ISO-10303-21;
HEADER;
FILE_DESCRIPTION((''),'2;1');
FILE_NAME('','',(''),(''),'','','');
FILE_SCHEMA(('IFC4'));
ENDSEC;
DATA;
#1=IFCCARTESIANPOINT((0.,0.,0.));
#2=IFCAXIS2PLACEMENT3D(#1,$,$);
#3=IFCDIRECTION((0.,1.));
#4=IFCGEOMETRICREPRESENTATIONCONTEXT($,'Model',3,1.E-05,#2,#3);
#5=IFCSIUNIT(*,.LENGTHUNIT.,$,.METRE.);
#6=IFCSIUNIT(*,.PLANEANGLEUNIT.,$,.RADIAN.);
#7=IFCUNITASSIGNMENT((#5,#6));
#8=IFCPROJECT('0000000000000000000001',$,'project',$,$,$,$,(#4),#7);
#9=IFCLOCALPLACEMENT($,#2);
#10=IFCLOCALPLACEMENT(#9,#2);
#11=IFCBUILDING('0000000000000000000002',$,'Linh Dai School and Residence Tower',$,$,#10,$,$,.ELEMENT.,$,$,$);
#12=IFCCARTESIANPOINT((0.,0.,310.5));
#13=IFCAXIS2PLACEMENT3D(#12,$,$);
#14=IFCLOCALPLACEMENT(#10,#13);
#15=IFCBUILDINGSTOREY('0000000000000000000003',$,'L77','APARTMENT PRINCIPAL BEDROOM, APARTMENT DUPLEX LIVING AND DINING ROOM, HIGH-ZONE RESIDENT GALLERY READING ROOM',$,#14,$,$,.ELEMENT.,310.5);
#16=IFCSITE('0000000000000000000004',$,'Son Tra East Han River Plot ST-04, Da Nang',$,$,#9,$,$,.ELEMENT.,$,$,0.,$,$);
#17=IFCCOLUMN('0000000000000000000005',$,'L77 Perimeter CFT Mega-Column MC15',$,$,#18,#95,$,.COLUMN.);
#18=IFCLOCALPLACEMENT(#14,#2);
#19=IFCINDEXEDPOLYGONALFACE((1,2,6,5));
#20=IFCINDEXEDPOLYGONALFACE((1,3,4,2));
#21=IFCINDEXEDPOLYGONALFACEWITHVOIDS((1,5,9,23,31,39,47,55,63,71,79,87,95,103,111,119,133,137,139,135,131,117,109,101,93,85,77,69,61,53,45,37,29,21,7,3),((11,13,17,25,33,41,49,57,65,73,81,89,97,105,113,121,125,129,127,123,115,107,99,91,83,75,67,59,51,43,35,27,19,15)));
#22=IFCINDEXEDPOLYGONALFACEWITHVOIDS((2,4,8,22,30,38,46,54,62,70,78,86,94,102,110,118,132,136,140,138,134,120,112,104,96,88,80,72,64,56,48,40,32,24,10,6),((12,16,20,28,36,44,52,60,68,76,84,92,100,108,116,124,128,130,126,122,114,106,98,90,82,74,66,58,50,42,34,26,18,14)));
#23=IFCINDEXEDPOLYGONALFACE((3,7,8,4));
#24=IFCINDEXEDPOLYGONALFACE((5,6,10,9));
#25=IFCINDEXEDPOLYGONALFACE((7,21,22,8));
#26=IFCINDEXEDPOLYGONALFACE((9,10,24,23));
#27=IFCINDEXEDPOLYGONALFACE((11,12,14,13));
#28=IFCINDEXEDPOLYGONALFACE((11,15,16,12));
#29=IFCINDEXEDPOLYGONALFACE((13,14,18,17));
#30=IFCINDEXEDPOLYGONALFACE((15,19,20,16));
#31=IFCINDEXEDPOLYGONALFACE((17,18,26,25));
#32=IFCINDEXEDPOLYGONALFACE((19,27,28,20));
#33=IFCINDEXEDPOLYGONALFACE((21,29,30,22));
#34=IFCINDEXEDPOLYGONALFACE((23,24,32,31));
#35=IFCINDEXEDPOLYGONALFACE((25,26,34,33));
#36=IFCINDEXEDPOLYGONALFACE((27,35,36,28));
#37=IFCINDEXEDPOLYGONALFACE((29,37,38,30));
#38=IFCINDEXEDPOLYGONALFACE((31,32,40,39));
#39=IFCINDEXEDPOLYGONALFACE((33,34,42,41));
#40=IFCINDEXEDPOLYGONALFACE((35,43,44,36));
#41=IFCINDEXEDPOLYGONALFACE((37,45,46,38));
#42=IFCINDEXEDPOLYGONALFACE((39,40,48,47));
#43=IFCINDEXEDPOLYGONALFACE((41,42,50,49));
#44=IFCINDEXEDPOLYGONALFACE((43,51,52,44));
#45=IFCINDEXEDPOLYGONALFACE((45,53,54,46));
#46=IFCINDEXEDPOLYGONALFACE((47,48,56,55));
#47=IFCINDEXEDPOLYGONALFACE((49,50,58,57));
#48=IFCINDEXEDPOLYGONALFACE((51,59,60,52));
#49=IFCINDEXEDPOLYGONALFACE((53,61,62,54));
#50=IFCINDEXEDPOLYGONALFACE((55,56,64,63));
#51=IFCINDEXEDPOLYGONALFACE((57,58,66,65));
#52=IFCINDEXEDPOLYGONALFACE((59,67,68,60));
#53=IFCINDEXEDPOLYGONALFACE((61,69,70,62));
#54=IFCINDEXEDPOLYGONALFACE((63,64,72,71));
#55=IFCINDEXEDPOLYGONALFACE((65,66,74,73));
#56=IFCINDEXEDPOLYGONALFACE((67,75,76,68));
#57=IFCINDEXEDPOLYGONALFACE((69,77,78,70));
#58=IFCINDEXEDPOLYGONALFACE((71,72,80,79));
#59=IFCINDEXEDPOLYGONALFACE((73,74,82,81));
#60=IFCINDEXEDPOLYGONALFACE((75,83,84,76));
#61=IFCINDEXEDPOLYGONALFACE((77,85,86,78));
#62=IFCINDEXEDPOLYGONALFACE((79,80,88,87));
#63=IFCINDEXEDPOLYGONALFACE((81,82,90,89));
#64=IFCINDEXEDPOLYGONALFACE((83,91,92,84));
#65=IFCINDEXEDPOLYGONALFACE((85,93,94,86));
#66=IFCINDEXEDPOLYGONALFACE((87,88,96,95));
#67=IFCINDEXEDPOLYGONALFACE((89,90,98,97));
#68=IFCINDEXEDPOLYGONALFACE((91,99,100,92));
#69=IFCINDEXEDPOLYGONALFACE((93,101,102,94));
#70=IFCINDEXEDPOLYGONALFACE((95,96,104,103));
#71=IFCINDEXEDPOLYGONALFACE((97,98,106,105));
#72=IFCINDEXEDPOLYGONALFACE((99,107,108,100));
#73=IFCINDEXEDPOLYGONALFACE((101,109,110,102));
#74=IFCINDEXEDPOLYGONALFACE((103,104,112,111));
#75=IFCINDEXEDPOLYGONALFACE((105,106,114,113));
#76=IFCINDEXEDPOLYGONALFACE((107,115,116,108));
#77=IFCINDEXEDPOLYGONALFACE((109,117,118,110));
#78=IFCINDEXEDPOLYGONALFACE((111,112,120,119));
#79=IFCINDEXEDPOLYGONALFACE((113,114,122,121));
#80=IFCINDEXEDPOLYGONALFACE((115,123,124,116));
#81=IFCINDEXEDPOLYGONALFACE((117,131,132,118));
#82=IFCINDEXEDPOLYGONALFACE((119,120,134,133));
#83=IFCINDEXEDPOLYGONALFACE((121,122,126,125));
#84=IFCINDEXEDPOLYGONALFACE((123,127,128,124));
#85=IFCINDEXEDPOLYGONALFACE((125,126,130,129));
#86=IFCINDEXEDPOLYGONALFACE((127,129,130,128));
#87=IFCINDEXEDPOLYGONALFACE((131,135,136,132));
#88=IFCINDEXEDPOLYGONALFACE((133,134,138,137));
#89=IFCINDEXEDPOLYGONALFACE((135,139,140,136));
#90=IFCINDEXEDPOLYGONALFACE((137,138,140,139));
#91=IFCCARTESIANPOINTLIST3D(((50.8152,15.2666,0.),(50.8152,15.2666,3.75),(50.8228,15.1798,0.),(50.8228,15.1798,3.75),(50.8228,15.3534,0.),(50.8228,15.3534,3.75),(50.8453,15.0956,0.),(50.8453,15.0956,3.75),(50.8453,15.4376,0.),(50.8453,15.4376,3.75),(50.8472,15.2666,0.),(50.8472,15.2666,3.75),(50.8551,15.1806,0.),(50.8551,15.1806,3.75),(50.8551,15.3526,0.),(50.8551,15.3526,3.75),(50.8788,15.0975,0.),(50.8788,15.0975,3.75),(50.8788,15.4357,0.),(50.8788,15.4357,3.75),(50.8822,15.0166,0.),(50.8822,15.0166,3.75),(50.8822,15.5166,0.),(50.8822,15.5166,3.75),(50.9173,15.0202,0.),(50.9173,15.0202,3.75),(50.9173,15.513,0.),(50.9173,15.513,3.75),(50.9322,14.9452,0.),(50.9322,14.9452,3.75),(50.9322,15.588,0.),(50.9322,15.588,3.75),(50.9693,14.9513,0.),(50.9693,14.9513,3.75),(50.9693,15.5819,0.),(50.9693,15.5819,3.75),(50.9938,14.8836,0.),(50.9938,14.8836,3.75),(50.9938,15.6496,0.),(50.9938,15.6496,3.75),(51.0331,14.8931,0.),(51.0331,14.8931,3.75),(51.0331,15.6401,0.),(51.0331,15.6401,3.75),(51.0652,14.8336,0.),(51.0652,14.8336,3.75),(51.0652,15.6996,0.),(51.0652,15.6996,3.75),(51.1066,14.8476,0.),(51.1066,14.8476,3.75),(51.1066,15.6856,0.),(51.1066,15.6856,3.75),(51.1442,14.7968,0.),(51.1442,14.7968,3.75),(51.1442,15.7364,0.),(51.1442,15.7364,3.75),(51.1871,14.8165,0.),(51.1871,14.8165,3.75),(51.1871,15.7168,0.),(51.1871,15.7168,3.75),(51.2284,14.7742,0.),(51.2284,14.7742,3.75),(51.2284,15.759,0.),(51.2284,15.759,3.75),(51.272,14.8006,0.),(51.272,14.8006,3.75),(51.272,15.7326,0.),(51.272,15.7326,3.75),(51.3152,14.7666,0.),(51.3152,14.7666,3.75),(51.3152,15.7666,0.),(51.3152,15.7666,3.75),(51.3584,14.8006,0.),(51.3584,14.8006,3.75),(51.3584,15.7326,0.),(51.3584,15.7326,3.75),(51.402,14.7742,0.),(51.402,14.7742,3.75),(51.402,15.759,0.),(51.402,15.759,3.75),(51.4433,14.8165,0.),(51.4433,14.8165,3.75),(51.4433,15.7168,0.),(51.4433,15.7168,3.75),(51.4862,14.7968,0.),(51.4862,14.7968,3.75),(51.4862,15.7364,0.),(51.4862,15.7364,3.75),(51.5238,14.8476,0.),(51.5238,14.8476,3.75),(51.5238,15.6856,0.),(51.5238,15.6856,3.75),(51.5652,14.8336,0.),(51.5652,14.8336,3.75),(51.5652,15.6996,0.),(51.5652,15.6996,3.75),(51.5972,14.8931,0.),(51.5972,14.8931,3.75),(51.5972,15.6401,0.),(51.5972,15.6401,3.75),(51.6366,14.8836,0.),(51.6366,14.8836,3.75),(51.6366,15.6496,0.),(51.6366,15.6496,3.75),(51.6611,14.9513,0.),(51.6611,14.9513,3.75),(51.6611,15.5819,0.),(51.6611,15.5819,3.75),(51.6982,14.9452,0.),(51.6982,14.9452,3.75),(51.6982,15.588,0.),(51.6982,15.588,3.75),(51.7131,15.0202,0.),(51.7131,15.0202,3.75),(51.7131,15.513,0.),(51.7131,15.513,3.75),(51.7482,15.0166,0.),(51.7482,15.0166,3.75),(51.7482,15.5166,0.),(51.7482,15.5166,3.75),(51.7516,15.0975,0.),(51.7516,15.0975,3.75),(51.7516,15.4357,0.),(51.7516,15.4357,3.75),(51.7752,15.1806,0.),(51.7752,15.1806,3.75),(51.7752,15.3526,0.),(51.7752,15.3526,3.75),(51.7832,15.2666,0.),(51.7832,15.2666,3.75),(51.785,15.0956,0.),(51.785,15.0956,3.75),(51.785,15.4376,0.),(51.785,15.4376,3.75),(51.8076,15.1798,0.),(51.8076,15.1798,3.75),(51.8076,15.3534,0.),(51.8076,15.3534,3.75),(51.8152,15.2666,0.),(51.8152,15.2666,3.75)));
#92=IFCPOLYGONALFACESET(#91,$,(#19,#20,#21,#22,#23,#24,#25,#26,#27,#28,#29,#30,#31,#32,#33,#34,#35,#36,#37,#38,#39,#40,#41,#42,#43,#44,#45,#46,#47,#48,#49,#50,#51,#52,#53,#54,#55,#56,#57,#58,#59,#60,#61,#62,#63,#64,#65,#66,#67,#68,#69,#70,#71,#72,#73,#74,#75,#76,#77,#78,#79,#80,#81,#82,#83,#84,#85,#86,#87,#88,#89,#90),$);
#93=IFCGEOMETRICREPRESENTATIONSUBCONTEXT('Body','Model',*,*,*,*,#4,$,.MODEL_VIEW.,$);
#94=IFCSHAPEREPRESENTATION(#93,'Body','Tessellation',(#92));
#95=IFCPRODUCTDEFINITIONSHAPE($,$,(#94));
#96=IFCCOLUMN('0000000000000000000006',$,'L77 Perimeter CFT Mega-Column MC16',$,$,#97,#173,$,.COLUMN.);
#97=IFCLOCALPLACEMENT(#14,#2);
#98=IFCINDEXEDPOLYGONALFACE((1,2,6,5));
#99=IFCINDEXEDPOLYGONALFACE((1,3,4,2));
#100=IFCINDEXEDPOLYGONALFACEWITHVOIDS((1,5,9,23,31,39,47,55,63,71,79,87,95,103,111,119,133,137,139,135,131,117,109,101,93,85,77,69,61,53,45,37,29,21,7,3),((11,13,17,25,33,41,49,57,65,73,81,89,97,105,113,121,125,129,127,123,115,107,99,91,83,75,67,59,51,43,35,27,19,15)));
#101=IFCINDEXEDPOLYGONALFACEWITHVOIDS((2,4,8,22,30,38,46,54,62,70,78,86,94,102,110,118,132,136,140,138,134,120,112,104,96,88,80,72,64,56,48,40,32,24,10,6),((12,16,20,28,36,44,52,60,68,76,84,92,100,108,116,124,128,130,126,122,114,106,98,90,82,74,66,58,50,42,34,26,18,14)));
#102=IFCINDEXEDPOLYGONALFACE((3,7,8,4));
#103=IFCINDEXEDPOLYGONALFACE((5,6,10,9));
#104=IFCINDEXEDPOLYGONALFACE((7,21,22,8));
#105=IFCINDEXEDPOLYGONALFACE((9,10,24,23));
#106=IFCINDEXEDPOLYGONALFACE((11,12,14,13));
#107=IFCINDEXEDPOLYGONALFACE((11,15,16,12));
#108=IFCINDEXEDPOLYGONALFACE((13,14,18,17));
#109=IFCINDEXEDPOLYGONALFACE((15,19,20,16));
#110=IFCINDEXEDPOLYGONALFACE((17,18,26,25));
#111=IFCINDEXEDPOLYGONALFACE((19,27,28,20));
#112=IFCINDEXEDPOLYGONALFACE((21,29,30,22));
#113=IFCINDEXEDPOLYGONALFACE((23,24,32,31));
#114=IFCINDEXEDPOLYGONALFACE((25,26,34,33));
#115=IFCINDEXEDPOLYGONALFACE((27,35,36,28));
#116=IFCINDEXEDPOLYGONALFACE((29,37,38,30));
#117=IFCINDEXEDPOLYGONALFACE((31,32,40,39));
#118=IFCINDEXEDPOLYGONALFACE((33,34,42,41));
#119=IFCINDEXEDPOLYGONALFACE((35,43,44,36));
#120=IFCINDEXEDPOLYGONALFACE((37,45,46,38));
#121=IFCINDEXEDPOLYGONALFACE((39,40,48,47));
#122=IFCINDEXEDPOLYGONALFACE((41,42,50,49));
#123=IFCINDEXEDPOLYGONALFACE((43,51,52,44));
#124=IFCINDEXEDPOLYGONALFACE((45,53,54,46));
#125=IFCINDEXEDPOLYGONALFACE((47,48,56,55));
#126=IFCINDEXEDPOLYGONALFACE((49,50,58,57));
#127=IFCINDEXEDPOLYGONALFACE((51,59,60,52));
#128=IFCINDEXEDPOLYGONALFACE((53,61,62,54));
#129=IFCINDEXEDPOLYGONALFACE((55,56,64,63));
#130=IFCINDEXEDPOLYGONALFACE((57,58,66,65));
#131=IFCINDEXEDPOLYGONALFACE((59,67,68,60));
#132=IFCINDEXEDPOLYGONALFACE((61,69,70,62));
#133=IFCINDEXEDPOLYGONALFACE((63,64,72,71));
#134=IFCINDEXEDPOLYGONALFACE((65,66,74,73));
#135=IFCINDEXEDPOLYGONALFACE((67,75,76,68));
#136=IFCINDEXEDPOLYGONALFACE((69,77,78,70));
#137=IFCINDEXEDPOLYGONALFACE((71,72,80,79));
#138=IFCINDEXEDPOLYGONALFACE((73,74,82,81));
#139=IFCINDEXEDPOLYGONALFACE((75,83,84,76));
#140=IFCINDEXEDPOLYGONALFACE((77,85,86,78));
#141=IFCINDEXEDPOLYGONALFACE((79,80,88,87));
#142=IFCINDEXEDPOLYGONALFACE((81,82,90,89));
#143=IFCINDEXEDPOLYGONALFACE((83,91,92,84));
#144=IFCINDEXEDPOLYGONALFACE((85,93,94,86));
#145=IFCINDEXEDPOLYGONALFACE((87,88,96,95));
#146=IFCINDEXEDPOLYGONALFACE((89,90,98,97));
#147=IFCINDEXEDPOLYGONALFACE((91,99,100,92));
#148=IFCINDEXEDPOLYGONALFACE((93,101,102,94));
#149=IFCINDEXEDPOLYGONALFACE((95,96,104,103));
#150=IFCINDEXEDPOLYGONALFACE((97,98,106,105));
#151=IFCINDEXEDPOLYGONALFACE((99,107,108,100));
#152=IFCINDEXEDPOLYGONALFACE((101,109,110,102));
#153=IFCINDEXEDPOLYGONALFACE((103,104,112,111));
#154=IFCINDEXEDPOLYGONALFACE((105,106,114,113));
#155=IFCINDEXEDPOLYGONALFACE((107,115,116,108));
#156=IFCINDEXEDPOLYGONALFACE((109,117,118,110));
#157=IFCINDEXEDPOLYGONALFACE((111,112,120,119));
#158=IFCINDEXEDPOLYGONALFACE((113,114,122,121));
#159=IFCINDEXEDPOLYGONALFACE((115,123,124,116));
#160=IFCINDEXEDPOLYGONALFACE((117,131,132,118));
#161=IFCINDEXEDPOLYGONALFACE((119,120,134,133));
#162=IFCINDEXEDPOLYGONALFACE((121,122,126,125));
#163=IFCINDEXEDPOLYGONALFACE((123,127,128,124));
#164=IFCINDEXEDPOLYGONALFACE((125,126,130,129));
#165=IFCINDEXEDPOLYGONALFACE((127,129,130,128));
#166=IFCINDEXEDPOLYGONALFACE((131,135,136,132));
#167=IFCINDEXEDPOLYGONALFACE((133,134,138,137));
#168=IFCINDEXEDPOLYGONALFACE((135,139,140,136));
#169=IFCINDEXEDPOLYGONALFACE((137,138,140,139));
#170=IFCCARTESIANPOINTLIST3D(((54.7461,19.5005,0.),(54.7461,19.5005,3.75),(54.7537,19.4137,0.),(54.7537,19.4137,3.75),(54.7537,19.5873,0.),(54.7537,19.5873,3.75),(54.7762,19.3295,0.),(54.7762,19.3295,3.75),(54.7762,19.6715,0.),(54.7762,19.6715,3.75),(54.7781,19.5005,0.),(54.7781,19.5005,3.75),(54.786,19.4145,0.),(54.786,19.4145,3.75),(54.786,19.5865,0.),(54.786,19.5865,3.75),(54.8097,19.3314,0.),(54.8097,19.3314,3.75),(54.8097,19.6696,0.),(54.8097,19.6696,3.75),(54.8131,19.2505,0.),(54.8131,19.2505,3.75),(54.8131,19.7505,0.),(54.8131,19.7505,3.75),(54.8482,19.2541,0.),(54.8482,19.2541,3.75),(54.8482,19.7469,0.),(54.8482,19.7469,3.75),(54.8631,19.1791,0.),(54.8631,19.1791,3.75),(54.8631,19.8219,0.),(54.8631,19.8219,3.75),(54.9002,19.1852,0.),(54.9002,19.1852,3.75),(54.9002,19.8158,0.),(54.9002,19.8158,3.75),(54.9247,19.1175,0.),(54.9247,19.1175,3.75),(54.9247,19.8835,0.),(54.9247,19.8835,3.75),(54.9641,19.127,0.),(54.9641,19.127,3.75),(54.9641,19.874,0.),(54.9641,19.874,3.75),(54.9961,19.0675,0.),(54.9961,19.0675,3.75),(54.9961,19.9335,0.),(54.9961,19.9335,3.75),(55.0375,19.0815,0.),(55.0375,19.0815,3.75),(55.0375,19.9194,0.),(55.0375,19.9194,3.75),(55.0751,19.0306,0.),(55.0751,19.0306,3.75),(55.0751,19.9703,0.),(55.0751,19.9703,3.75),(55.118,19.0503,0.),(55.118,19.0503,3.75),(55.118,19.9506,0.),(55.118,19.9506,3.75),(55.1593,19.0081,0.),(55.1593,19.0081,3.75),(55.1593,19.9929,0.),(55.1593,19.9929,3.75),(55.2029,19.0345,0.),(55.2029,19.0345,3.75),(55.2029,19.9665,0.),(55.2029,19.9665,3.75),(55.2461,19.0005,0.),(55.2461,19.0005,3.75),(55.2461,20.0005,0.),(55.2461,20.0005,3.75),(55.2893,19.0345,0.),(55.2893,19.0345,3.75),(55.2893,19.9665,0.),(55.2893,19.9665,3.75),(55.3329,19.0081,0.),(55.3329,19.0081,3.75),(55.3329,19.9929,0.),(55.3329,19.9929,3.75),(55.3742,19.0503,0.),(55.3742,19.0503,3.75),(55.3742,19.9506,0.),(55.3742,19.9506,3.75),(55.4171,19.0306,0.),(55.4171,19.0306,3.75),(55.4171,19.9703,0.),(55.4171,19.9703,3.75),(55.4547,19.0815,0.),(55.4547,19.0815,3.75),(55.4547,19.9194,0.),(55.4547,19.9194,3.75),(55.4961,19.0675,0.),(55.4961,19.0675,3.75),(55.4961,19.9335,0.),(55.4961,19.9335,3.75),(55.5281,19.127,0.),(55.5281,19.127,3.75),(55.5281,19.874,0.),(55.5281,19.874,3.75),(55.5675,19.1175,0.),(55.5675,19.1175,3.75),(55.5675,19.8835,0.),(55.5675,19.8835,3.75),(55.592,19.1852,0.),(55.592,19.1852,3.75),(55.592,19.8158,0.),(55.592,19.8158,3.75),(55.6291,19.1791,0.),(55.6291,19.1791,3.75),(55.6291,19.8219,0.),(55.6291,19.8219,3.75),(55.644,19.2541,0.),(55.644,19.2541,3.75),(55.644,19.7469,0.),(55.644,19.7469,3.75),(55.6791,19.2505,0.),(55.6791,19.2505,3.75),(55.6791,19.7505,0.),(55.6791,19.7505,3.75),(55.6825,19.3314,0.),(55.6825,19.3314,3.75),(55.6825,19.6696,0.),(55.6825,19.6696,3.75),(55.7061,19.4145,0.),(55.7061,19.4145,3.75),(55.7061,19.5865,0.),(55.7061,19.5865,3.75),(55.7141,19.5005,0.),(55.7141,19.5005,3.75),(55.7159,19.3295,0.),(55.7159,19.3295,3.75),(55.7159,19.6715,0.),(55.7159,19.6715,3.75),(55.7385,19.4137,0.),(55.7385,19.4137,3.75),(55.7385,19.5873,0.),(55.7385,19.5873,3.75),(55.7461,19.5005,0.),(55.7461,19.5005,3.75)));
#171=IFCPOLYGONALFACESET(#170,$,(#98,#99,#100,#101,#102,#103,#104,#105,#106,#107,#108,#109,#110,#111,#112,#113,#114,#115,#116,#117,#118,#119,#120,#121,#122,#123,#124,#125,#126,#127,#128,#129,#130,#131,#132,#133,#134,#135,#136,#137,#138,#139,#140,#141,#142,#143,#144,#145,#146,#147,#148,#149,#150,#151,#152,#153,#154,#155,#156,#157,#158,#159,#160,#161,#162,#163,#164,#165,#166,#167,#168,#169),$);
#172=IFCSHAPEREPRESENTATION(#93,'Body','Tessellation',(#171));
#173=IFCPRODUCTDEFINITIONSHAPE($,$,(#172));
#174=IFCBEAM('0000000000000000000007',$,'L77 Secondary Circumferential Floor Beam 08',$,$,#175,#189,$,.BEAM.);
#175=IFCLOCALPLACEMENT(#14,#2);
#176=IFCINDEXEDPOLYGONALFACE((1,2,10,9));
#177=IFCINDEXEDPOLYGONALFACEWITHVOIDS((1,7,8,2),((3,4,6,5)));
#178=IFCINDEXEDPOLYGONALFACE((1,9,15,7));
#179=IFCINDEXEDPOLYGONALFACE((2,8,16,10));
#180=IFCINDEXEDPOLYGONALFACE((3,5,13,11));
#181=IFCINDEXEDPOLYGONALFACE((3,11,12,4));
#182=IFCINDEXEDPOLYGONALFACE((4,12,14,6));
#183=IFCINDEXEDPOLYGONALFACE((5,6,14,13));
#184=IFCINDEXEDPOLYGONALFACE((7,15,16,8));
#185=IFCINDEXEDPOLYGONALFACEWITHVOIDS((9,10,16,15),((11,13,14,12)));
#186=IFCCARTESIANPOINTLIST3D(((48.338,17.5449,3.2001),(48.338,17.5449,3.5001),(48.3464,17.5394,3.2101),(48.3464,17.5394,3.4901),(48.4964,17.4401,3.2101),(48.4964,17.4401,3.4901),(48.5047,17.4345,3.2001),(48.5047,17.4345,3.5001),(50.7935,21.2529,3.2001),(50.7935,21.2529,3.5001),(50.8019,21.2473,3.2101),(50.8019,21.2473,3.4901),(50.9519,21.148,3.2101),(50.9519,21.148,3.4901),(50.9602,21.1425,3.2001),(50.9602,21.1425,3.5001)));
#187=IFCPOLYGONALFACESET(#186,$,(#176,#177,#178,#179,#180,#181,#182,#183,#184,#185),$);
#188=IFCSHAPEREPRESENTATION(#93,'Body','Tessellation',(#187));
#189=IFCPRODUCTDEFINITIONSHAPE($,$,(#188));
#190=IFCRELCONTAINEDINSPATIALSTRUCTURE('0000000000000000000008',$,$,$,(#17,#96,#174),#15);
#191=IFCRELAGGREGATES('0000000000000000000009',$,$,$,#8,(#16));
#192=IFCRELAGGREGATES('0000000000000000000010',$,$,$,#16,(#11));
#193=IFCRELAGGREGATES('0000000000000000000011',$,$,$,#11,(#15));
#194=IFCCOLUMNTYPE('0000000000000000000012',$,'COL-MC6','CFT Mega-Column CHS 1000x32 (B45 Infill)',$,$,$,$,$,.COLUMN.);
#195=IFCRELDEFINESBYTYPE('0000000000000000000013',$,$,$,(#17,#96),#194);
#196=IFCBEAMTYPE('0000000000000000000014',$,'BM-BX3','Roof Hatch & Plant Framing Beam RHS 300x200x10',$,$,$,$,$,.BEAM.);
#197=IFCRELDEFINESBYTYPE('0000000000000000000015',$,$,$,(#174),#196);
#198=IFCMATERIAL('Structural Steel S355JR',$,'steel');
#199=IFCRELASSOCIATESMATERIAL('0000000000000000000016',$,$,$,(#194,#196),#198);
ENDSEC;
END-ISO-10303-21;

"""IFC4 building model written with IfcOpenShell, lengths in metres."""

from ifc_helpers import new_model, si_unit, direction, frame, origin, origin_2d, place, context, subcontext, project, spatial, hollow_rectangle, hollow_circle, extrude, material, material_profile, profile_set, type_object, element, save


model = new_model("IFC4")

# Units and contexts
model_context = context("Model", 3, precision=1e-05, world=origin(), true_north=direction((0.0, 1.0)))
body_context = subcontext(model_context, "Body", "Model", "MODEL_VIEW")
ifc_project = project(units=[si_unit("LENGTHUNIT", "METRE"), si_unit("PLANEANGLEUNIT", "RADIAN")], contexts=[model_context])

# Site, building, storey
site_placement = place(None, origin())
site = spatial("IfcSite", under=ifc_project, at=site_placement, Name="Son Tra East Han River Plot ST-04, Da Nang", CompositionType="ELEMENT", RefElevation=0.0)
building_placement = place(site_placement, origin())
building = spatial("IfcBuilding", under=site, at=building_placement, Name="Linh Dai School and Residence Tower", CompositionType="ELEMENT")
storey_placement = place(building_placement, frame((0.0, 0.0, 310.5)))
storey = spatial("IfcBuildingStorey", under=building, at=storey_placement, Name="L77", Description="APARTMENT PRINCIPAL BEDROOM, APARTMENT DUPLEX LIVING AND DINING ROOM, HIGH-ZONE RESIDENT GALLERY READING ROOM", CompositionType="ELEMENT", Elevation=310.5)

# Columns
ifc_material_1 = material(Name="Structural Steel S355JR", Category="steel")
ifc_material_profile_1 = material_profile(ifc_material_1, hollow_circle(Radius=0.5, WallThickness=0.032, at=origin_2d()), Name="CHS 1000x32")
ifc_profile_set_1 = profile_set([ifc_material_profile_1], Name="Structural Steel S355JR")
column_type = type_object("IfcColumnType", Name="COL-MC6", Description="CFT Mega-Column CHS 1000x32 (B45 Infill)", PredefinedType="COLUMN", material=ifc_profile_set_1)
for number, where, z_axis, x_axis, name in (
    (1, (51.3152, 15.2666, 0.0), (0.0, 0.0, 1.0), (1.0, 0.0, 0.0), "L77 Perimeter CFT Mega-Column MC15"),
    (2, (55.2461, 19.5005, 0.0), (0.0, 0.0, 1.0), (1.0, 0.0, 0.0), "L77 Perimeter CFT Mega-Column MC16"),
):
    element("IfcColumn", number, at=place(storey_placement, frame(where, z_axis=z_axis, x_axis=x_axis)), inside=storey, type_object=column_type, Name=name, PredefinedType="COLUMN", context=body_context, shape_type="SweptSolid", body=[
        extrude(hollow_circle(Radius=0.5, WallThickness=0.032, at=origin_2d()), origin(), (0.0, 0.0, 1.0), 3.75),
    ])

# Beam
ifc_material_profile_2 = material_profile(ifc_material_1, hollow_rectangle(XDim=0.2, YDim=0.3, WallThickness=0.01, at=origin_2d()), Name="RHS 300x200x10")
ifc_profile_set_2 = profile_set([ifc_material_profile_2], Name="Structural Steel S355JR")
beam_type_1 = type_object("IfcBeamType", Name="BM-BX3", Description="Roof Hatch & Plant Framing Beam RHS 300x200x10", PredefinedType="BEAM", material=ifc_profile_set_2)
beam_1_placement = place(storey_placement, frame((48.4214, 17.4897, 3.3501), z_axis=(0.552139, 0.833752, 0.0), x_axis=(-0.833752, 0.552139, 0.0)))
element("IfcBeam", 3, at=beam_1_placement, inside=storey, type_object=beam_type_1, Name="L77 Secondary Circumferential Floor Beam 08", PredefinedType="BEAM", context=body_context, shape_type="SweptSolid", body=[
    extrude(hollow_rectangle(XDim=0.2, YDim=0.3, WallThickness=0.01, at=origin_2d()), origin(), (0.0, 0.0, 1.0), 4.4473),
])

save(model, "model.ifc")
